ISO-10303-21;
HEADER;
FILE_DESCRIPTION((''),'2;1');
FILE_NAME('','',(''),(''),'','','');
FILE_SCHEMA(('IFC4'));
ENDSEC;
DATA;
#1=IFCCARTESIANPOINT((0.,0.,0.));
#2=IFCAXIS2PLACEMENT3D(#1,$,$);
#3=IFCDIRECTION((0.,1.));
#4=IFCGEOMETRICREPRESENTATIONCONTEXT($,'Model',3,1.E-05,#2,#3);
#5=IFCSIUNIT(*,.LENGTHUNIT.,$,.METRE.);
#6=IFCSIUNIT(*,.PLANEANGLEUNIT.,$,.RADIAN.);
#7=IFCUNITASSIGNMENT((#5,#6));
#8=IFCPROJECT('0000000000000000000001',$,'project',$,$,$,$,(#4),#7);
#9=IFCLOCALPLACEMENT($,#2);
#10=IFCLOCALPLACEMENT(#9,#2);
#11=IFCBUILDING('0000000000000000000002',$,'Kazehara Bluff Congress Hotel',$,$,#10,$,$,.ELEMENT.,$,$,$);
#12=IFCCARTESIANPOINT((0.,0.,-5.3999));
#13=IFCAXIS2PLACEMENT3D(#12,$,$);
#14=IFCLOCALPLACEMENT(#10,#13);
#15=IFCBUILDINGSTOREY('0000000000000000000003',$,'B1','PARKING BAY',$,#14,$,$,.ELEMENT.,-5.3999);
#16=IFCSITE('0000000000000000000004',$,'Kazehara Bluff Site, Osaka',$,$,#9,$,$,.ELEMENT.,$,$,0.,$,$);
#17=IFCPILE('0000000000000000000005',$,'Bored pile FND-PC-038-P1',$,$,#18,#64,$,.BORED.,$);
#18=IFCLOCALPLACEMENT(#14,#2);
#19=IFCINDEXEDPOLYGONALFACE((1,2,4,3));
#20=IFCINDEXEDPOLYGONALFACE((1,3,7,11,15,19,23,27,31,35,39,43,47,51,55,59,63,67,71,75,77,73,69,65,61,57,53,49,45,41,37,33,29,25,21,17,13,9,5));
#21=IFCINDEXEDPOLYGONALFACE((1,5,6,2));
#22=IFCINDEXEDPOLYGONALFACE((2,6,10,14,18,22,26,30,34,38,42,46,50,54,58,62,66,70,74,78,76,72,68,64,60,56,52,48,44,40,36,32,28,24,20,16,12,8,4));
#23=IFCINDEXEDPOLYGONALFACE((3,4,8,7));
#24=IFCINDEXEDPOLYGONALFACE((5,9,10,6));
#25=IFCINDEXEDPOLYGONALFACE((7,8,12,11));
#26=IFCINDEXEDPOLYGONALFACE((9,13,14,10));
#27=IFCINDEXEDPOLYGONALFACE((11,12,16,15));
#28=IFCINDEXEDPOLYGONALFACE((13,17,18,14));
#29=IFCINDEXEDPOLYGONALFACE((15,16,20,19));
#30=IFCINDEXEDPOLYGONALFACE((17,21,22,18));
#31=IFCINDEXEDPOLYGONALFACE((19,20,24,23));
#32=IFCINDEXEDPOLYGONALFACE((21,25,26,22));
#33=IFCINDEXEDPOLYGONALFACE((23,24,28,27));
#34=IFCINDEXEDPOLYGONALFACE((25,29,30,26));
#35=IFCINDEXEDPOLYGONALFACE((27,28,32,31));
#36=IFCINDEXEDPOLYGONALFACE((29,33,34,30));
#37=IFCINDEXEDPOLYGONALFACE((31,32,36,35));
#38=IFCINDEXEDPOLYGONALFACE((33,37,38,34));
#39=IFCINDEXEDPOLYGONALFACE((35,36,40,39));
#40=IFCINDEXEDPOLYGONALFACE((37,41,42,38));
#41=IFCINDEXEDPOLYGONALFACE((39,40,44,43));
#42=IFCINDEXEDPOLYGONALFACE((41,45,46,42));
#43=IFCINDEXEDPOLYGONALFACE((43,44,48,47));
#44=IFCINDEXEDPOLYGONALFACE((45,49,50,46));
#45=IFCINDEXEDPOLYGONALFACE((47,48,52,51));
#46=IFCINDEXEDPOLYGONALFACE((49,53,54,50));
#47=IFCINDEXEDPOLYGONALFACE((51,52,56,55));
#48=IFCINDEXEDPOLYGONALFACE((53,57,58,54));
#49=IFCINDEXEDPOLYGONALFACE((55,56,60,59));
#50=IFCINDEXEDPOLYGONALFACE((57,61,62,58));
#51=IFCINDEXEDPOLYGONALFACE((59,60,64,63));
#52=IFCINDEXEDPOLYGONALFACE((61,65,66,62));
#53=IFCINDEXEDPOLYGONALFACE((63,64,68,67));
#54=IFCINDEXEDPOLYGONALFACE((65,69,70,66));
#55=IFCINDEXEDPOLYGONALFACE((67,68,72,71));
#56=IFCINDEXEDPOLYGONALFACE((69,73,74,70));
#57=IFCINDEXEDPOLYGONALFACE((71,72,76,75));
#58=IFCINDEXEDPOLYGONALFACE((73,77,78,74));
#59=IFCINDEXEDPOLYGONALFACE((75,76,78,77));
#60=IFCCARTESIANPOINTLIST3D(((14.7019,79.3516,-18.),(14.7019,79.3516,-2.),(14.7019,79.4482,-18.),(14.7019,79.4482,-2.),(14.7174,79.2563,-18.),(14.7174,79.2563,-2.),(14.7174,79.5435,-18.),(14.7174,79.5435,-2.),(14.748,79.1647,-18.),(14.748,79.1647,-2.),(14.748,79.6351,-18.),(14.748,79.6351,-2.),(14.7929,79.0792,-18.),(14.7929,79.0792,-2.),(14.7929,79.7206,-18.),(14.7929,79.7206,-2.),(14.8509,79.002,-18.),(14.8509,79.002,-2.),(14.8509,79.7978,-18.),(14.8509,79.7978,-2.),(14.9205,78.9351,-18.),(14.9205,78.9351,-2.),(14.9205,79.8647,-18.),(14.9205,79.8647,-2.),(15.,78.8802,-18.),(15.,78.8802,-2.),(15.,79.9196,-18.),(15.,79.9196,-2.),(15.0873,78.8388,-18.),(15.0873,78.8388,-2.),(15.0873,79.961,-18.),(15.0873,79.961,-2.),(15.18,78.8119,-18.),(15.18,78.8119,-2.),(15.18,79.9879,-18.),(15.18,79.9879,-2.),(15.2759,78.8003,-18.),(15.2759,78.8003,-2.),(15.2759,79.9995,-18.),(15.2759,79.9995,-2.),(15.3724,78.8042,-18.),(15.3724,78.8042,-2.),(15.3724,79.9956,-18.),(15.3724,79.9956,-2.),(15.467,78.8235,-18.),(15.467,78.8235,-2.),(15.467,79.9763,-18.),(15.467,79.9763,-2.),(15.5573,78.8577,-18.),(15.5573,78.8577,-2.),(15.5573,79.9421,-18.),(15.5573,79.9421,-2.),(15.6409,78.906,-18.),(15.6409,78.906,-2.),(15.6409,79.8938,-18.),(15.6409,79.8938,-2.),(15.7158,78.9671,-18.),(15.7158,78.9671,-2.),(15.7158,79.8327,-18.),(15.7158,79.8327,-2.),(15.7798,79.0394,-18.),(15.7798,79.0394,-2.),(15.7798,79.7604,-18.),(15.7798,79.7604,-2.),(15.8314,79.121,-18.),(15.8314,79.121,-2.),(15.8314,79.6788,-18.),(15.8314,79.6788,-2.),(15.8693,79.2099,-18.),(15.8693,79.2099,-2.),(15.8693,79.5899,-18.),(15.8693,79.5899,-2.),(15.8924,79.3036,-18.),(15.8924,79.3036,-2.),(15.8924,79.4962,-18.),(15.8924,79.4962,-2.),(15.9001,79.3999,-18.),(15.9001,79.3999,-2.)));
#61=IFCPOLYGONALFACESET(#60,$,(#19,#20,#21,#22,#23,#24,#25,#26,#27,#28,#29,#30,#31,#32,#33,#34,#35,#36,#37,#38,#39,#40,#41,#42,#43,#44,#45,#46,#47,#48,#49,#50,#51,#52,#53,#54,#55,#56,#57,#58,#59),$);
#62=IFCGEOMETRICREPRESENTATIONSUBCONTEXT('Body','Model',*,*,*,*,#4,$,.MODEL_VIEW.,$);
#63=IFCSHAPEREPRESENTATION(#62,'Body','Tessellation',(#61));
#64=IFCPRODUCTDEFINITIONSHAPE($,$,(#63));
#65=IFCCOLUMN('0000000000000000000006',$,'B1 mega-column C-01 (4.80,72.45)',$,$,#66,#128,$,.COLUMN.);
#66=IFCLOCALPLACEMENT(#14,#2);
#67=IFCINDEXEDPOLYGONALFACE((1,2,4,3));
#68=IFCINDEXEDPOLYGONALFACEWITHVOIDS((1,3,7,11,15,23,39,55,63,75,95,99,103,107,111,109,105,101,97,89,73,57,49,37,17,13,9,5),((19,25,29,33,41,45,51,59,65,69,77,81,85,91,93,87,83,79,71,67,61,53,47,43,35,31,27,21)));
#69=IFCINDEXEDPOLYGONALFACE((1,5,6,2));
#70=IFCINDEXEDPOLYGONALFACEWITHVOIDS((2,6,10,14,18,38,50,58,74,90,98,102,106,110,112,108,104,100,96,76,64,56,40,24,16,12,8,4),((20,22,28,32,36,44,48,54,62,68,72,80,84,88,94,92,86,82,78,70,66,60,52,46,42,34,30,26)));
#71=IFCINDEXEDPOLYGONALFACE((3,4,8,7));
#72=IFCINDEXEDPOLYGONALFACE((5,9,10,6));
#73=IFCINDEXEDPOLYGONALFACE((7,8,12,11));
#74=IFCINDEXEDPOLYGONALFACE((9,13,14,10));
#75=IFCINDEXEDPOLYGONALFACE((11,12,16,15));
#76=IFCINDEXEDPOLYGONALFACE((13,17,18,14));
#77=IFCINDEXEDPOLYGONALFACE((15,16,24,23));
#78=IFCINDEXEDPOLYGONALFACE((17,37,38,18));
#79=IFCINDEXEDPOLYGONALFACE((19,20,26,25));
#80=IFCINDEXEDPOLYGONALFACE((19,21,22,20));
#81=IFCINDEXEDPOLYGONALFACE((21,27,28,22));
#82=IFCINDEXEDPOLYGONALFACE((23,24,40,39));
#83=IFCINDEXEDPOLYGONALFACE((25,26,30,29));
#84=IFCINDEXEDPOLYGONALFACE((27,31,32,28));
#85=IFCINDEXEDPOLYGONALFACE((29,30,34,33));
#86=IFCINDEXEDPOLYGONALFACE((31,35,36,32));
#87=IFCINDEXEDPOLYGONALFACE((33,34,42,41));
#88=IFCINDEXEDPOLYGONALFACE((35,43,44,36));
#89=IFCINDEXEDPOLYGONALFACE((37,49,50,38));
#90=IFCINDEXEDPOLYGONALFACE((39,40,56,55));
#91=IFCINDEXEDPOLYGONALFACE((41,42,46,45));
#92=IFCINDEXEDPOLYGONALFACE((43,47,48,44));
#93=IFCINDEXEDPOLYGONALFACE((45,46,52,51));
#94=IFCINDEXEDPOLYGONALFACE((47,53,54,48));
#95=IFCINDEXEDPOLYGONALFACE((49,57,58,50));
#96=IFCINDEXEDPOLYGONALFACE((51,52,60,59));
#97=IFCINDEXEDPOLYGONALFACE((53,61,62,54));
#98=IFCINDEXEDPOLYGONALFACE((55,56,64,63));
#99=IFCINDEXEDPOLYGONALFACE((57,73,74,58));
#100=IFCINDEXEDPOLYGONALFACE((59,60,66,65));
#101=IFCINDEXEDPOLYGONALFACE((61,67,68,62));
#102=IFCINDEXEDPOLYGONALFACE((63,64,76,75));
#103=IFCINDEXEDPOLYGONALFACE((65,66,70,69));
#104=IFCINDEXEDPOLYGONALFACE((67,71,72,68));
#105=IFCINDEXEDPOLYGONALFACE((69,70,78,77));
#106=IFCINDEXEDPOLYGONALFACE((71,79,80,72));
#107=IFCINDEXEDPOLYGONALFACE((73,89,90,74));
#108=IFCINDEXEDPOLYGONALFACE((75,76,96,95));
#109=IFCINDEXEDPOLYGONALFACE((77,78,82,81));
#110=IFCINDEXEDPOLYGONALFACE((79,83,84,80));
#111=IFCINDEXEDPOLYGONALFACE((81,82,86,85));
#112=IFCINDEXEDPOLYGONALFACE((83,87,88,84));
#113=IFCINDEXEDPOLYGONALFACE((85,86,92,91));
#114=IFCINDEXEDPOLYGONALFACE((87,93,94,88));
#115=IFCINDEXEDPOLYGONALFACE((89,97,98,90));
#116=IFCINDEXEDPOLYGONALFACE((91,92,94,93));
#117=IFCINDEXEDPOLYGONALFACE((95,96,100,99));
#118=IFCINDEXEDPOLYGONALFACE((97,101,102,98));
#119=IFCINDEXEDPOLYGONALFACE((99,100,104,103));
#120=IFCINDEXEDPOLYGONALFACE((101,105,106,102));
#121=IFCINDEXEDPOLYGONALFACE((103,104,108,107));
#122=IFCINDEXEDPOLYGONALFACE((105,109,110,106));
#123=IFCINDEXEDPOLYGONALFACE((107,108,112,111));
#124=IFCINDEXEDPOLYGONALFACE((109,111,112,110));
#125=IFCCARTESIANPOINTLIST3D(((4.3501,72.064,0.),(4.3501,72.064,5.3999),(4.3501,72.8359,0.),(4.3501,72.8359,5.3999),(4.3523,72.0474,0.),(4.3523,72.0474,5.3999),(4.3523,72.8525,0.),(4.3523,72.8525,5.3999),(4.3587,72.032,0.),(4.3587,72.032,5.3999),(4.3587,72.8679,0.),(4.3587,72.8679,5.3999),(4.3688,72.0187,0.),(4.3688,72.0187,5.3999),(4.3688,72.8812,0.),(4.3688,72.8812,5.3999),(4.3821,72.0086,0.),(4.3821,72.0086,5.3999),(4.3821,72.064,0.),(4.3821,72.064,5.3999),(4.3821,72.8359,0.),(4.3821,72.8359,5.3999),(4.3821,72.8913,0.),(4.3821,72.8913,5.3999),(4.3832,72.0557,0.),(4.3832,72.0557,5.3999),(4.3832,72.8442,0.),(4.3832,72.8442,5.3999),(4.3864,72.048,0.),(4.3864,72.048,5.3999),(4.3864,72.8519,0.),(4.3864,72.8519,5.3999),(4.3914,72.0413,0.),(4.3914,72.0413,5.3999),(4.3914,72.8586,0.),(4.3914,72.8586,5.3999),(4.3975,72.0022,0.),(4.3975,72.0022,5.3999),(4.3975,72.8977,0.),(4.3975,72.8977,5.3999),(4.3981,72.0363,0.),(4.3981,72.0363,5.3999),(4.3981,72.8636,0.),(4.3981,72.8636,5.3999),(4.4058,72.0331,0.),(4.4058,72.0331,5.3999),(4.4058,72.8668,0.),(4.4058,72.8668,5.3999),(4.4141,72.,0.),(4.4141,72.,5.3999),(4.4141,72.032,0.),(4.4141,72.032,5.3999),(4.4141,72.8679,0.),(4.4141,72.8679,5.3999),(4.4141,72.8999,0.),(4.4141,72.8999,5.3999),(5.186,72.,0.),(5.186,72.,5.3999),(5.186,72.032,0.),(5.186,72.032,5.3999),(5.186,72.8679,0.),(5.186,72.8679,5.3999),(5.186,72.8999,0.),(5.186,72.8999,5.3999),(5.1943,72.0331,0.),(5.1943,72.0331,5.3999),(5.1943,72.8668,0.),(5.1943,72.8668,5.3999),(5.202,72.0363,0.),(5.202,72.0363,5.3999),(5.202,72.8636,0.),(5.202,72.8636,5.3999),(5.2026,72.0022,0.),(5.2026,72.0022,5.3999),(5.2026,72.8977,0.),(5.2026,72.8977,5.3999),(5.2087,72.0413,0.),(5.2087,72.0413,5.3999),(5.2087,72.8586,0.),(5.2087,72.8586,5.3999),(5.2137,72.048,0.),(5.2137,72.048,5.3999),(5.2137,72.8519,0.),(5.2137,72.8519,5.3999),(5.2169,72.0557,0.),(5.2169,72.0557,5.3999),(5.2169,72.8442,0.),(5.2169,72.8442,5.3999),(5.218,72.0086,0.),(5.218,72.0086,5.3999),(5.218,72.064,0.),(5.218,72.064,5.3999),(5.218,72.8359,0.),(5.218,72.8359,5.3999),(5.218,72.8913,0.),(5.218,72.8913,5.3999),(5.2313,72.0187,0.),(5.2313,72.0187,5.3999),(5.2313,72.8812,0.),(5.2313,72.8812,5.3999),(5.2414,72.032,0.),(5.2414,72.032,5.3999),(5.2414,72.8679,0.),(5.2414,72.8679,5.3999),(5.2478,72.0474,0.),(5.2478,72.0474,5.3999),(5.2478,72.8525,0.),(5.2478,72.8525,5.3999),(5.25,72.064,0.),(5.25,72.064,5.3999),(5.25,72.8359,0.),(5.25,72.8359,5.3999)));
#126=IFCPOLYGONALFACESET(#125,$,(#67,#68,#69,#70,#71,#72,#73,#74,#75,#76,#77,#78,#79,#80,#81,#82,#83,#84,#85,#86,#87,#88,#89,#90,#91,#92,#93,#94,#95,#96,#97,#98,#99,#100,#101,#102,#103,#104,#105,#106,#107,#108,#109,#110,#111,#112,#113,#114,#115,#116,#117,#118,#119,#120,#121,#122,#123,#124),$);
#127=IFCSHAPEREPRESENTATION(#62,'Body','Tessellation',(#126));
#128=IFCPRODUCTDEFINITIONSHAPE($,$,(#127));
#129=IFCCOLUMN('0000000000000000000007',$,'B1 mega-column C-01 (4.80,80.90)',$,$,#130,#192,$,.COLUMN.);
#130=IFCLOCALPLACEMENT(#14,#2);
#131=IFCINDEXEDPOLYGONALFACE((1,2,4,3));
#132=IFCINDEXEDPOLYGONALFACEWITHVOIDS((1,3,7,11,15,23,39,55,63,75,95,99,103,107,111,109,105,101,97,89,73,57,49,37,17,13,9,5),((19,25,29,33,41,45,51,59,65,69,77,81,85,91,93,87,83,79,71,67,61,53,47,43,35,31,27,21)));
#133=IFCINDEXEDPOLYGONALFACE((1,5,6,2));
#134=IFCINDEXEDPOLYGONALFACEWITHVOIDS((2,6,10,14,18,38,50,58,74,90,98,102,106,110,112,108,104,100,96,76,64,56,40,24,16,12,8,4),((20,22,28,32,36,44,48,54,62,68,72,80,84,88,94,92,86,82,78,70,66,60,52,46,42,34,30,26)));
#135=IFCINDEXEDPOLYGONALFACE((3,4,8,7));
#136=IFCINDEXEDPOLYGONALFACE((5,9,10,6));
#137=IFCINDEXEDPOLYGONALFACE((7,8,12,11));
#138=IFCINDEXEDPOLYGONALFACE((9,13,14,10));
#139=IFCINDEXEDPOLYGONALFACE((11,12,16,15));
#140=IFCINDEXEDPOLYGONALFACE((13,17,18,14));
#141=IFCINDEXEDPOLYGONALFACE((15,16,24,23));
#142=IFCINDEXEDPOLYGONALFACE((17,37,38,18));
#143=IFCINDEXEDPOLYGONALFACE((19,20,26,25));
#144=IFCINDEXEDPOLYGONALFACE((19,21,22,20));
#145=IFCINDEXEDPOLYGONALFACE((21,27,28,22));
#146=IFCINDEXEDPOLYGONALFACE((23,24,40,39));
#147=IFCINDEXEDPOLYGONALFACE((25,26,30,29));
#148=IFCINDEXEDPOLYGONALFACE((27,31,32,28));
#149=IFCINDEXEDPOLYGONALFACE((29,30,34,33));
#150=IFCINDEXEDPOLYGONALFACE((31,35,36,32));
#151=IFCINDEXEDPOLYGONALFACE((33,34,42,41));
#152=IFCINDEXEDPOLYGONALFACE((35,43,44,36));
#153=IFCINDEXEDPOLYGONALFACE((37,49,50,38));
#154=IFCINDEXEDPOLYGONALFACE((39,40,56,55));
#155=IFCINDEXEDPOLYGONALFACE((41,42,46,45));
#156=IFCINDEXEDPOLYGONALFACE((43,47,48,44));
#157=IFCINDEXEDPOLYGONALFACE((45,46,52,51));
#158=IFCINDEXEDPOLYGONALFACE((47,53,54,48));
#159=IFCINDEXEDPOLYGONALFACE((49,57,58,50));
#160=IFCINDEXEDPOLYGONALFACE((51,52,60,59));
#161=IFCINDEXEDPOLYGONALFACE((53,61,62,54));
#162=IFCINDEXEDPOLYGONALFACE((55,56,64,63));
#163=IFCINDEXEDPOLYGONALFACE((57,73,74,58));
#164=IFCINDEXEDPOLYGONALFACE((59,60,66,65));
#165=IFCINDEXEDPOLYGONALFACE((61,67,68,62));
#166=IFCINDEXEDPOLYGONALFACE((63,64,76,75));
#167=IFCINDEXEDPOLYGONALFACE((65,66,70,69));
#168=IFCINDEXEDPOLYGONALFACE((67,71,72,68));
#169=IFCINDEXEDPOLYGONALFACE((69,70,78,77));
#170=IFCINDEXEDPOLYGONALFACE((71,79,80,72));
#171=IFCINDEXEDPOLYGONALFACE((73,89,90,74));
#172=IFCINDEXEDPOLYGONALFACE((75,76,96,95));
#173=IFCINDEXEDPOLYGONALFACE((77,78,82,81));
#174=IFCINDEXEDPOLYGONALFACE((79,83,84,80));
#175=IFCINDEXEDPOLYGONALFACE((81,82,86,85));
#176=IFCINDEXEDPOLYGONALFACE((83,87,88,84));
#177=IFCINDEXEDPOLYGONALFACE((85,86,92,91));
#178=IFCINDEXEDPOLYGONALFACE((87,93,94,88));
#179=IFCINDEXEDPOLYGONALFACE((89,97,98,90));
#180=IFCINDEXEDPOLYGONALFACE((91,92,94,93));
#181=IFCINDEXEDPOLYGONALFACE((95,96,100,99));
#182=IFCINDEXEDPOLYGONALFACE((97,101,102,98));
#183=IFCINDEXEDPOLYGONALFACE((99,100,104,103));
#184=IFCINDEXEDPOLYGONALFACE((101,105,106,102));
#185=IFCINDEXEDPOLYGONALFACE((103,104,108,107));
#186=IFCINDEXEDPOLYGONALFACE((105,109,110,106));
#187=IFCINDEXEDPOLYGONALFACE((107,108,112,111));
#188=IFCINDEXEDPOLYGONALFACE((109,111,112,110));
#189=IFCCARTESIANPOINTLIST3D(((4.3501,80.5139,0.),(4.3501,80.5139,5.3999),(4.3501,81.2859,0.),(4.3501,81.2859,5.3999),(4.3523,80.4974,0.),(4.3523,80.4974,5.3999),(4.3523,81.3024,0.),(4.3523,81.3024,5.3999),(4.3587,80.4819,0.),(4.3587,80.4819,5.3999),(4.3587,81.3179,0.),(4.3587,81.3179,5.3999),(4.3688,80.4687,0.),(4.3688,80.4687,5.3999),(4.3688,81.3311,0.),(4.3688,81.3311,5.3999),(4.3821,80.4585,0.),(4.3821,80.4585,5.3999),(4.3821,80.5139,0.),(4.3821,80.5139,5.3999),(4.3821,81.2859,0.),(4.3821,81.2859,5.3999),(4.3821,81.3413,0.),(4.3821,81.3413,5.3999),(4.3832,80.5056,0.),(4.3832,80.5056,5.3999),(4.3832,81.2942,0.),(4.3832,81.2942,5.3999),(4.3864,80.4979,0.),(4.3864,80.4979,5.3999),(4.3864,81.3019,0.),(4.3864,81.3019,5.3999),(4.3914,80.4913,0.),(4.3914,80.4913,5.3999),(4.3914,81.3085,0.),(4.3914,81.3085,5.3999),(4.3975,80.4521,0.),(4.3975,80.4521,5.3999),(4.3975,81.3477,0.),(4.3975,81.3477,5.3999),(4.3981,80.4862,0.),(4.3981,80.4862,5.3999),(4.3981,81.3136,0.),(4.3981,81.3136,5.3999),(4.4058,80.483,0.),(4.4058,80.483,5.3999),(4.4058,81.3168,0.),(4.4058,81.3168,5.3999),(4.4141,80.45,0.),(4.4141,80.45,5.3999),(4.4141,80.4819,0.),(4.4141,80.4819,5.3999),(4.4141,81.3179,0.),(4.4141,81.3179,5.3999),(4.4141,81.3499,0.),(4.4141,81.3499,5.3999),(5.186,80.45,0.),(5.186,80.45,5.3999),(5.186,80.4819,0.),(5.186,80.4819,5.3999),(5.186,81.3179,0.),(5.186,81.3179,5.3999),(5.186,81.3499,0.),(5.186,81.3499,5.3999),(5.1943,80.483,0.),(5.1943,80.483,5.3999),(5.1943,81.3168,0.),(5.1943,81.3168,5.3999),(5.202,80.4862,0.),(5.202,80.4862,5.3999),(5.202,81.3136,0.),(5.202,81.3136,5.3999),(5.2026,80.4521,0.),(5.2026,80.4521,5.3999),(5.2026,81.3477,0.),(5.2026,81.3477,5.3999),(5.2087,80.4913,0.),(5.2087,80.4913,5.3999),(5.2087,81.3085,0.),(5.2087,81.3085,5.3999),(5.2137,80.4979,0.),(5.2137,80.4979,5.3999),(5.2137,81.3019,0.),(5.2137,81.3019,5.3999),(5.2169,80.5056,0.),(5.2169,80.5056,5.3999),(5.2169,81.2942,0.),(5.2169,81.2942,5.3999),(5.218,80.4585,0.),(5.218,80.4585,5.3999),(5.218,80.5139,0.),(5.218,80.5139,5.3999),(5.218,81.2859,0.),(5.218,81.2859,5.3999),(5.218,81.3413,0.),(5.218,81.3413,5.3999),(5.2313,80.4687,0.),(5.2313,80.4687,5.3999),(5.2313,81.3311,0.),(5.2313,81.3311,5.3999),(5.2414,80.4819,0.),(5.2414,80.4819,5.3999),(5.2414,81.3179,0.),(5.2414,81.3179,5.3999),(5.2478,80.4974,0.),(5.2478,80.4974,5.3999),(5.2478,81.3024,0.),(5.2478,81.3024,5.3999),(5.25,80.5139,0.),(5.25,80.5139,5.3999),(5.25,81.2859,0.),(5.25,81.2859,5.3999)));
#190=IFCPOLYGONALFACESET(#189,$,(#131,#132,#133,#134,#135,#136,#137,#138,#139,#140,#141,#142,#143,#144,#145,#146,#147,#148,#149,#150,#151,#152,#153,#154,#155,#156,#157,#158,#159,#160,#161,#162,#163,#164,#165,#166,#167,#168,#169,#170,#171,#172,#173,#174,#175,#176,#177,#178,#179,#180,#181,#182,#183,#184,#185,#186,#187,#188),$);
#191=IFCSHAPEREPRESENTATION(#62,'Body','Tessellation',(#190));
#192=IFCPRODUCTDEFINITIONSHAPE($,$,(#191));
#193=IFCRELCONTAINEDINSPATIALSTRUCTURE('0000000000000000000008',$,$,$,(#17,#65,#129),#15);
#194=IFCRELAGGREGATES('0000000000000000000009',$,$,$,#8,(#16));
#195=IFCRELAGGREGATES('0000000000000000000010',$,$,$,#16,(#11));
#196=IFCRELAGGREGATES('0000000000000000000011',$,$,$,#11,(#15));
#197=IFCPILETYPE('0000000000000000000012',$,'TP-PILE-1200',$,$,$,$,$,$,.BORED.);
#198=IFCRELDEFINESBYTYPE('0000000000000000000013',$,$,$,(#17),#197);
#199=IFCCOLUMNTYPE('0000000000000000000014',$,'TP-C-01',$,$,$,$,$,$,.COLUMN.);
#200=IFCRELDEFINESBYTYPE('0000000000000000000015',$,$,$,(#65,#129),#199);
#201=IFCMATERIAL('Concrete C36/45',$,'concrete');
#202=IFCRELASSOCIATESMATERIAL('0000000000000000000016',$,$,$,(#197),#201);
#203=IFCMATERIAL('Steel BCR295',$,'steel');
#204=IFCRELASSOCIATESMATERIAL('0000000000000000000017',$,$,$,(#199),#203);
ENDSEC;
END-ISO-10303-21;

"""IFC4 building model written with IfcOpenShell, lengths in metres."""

from ifc_helpers import new_model, si_unit, direction, frame, origin, origin_2d, place, context, subcontext, project, spatial, hollow_rectangle, circle, extrude, material, material_profile, profile_set, type_object, element, save


model = new_model("IFC4")

# Units and contexts
model_context = context("Model", 3, precision=1e-05, world=origin(), true_north=direction((0.0, 1.0)))
body_context = subcontext(model_context, "Body", "Model", "MODEL_VIEW")
ifc_project = project(units=[si_unit("LENGTHUNIT", "METRE"), si_unit("PLANEANGLEUNIT", "RADIAN")], contexts=[model_context])

# Site, building, storey
site_placement = place(None, origin())
site = spatial("IfcSite", under=ifc_project, at=site_placement, Name="Kazehara Bluff Site, Osaka", CompositionType="ELEMENT", RefElevation=0.0)
building_placement = place(site_placement, origin())
building = spatial("IfcBuilding", under=site, at=building_placement, Name="Kazehara Bluff Congress Hotel", CompositionType="ELEMENT")
storey_placement = place(building_placement, frame((0.0, 0.0, -5.3999)))
storey = spatial("IfcBuildingStorey", under=building, at=storey_placement, Name="B1", Description="PARKING BAY", CompositionType="ELEMENT", Elevation=-5.3999)

# Pile
ifc_material_1 = material(Name="Concrete C36/45", Category="concrete")
ifc_material_profile_1 = material_profile(ifc_material_1, circle(Radius=0.6001, at=origin_2d()))
ifc_profile_set_1 = profile_set([ifc_material_profile_1], Name="Concrete C36/45")
pile_type = type_object("IfcPileType", Name="TP-PILE-1200", PredefinedType="BORED", material=ifc_profile_set_1)
for number, where, z_axis, x_axis, name in (
    (1, (15.3, 79.3999, -2.0), (0.0, 0.0, -1.0), (1.0, 0.0, 0.0), "Bored pile FND-PC-038-P1"),
):
    element("IfcPile", number, at=place(storey_placement, frame(where, z_axis=z_axis, x_axis=x_axis)), inside=storey, type_object=pile_type, Name=name, PredefinedType="BORED", context=body_context, shape_type="SweptSolid", body=[
        extrude(circle(Radius=0.6001, at=origin_2d()), origin(), (0.0, 0.0, 1.0), 16.0),
    ])

# Columns
ifc_material_2 = material(Name="Steel BCR295", Category="steel")
ifc_material_profile_2 = material_profile(ifc_material_2, hollow_rectangle(XDim=0.8999, YDim=0.8999, WallThickness=0.032, InnerFilletRadius=0.032, OuterFilletRadius=0.064, at=origin_2d()))
ifc_profile_set_2 = profile_set([ifc_material_profile_2], Name="Steel BCR295")
column_type = type_object("IfcColumnType", Name="TP-C-01", PredefinedType="COLUMN", material=ifc_profile_set_2)
for number, where, z_axis, x_axis, name in (
    (2, (4.8, 72.45, 0.0), (0.0, 0.0, 1.0), (1.0, 0.0, 0.0), "B1 mega-column C-01 (4.80,72.45)"),
    (3, (4.8, 80.8999, 0.0), (0.0, 0.0, 1.0), (1.0, 0.0, 0.0), "B1 mega-column C-01 (4.80,80.90)"),
):
    element("IfcColumn", number, at=place(storey_placement, frame(where, z_axis=z_axis, x_axis=x_axis)), inside=storey, type_object=column_type, Name=name, PredefinedType="COLUMN", context=body_context, shape_type="SweptSolid", body=[
        extrude(hollow_rectangle(XDim=0.8999, YDim=0.8999, WallThickness=0.032, InnerFilletRadius=0.032, OuterFilletRadius=0.064, at=origin_2d()), origin(), (0.0, 0.0, 1.0), 5.3999),
    ])

save(model, "model.ifc")
